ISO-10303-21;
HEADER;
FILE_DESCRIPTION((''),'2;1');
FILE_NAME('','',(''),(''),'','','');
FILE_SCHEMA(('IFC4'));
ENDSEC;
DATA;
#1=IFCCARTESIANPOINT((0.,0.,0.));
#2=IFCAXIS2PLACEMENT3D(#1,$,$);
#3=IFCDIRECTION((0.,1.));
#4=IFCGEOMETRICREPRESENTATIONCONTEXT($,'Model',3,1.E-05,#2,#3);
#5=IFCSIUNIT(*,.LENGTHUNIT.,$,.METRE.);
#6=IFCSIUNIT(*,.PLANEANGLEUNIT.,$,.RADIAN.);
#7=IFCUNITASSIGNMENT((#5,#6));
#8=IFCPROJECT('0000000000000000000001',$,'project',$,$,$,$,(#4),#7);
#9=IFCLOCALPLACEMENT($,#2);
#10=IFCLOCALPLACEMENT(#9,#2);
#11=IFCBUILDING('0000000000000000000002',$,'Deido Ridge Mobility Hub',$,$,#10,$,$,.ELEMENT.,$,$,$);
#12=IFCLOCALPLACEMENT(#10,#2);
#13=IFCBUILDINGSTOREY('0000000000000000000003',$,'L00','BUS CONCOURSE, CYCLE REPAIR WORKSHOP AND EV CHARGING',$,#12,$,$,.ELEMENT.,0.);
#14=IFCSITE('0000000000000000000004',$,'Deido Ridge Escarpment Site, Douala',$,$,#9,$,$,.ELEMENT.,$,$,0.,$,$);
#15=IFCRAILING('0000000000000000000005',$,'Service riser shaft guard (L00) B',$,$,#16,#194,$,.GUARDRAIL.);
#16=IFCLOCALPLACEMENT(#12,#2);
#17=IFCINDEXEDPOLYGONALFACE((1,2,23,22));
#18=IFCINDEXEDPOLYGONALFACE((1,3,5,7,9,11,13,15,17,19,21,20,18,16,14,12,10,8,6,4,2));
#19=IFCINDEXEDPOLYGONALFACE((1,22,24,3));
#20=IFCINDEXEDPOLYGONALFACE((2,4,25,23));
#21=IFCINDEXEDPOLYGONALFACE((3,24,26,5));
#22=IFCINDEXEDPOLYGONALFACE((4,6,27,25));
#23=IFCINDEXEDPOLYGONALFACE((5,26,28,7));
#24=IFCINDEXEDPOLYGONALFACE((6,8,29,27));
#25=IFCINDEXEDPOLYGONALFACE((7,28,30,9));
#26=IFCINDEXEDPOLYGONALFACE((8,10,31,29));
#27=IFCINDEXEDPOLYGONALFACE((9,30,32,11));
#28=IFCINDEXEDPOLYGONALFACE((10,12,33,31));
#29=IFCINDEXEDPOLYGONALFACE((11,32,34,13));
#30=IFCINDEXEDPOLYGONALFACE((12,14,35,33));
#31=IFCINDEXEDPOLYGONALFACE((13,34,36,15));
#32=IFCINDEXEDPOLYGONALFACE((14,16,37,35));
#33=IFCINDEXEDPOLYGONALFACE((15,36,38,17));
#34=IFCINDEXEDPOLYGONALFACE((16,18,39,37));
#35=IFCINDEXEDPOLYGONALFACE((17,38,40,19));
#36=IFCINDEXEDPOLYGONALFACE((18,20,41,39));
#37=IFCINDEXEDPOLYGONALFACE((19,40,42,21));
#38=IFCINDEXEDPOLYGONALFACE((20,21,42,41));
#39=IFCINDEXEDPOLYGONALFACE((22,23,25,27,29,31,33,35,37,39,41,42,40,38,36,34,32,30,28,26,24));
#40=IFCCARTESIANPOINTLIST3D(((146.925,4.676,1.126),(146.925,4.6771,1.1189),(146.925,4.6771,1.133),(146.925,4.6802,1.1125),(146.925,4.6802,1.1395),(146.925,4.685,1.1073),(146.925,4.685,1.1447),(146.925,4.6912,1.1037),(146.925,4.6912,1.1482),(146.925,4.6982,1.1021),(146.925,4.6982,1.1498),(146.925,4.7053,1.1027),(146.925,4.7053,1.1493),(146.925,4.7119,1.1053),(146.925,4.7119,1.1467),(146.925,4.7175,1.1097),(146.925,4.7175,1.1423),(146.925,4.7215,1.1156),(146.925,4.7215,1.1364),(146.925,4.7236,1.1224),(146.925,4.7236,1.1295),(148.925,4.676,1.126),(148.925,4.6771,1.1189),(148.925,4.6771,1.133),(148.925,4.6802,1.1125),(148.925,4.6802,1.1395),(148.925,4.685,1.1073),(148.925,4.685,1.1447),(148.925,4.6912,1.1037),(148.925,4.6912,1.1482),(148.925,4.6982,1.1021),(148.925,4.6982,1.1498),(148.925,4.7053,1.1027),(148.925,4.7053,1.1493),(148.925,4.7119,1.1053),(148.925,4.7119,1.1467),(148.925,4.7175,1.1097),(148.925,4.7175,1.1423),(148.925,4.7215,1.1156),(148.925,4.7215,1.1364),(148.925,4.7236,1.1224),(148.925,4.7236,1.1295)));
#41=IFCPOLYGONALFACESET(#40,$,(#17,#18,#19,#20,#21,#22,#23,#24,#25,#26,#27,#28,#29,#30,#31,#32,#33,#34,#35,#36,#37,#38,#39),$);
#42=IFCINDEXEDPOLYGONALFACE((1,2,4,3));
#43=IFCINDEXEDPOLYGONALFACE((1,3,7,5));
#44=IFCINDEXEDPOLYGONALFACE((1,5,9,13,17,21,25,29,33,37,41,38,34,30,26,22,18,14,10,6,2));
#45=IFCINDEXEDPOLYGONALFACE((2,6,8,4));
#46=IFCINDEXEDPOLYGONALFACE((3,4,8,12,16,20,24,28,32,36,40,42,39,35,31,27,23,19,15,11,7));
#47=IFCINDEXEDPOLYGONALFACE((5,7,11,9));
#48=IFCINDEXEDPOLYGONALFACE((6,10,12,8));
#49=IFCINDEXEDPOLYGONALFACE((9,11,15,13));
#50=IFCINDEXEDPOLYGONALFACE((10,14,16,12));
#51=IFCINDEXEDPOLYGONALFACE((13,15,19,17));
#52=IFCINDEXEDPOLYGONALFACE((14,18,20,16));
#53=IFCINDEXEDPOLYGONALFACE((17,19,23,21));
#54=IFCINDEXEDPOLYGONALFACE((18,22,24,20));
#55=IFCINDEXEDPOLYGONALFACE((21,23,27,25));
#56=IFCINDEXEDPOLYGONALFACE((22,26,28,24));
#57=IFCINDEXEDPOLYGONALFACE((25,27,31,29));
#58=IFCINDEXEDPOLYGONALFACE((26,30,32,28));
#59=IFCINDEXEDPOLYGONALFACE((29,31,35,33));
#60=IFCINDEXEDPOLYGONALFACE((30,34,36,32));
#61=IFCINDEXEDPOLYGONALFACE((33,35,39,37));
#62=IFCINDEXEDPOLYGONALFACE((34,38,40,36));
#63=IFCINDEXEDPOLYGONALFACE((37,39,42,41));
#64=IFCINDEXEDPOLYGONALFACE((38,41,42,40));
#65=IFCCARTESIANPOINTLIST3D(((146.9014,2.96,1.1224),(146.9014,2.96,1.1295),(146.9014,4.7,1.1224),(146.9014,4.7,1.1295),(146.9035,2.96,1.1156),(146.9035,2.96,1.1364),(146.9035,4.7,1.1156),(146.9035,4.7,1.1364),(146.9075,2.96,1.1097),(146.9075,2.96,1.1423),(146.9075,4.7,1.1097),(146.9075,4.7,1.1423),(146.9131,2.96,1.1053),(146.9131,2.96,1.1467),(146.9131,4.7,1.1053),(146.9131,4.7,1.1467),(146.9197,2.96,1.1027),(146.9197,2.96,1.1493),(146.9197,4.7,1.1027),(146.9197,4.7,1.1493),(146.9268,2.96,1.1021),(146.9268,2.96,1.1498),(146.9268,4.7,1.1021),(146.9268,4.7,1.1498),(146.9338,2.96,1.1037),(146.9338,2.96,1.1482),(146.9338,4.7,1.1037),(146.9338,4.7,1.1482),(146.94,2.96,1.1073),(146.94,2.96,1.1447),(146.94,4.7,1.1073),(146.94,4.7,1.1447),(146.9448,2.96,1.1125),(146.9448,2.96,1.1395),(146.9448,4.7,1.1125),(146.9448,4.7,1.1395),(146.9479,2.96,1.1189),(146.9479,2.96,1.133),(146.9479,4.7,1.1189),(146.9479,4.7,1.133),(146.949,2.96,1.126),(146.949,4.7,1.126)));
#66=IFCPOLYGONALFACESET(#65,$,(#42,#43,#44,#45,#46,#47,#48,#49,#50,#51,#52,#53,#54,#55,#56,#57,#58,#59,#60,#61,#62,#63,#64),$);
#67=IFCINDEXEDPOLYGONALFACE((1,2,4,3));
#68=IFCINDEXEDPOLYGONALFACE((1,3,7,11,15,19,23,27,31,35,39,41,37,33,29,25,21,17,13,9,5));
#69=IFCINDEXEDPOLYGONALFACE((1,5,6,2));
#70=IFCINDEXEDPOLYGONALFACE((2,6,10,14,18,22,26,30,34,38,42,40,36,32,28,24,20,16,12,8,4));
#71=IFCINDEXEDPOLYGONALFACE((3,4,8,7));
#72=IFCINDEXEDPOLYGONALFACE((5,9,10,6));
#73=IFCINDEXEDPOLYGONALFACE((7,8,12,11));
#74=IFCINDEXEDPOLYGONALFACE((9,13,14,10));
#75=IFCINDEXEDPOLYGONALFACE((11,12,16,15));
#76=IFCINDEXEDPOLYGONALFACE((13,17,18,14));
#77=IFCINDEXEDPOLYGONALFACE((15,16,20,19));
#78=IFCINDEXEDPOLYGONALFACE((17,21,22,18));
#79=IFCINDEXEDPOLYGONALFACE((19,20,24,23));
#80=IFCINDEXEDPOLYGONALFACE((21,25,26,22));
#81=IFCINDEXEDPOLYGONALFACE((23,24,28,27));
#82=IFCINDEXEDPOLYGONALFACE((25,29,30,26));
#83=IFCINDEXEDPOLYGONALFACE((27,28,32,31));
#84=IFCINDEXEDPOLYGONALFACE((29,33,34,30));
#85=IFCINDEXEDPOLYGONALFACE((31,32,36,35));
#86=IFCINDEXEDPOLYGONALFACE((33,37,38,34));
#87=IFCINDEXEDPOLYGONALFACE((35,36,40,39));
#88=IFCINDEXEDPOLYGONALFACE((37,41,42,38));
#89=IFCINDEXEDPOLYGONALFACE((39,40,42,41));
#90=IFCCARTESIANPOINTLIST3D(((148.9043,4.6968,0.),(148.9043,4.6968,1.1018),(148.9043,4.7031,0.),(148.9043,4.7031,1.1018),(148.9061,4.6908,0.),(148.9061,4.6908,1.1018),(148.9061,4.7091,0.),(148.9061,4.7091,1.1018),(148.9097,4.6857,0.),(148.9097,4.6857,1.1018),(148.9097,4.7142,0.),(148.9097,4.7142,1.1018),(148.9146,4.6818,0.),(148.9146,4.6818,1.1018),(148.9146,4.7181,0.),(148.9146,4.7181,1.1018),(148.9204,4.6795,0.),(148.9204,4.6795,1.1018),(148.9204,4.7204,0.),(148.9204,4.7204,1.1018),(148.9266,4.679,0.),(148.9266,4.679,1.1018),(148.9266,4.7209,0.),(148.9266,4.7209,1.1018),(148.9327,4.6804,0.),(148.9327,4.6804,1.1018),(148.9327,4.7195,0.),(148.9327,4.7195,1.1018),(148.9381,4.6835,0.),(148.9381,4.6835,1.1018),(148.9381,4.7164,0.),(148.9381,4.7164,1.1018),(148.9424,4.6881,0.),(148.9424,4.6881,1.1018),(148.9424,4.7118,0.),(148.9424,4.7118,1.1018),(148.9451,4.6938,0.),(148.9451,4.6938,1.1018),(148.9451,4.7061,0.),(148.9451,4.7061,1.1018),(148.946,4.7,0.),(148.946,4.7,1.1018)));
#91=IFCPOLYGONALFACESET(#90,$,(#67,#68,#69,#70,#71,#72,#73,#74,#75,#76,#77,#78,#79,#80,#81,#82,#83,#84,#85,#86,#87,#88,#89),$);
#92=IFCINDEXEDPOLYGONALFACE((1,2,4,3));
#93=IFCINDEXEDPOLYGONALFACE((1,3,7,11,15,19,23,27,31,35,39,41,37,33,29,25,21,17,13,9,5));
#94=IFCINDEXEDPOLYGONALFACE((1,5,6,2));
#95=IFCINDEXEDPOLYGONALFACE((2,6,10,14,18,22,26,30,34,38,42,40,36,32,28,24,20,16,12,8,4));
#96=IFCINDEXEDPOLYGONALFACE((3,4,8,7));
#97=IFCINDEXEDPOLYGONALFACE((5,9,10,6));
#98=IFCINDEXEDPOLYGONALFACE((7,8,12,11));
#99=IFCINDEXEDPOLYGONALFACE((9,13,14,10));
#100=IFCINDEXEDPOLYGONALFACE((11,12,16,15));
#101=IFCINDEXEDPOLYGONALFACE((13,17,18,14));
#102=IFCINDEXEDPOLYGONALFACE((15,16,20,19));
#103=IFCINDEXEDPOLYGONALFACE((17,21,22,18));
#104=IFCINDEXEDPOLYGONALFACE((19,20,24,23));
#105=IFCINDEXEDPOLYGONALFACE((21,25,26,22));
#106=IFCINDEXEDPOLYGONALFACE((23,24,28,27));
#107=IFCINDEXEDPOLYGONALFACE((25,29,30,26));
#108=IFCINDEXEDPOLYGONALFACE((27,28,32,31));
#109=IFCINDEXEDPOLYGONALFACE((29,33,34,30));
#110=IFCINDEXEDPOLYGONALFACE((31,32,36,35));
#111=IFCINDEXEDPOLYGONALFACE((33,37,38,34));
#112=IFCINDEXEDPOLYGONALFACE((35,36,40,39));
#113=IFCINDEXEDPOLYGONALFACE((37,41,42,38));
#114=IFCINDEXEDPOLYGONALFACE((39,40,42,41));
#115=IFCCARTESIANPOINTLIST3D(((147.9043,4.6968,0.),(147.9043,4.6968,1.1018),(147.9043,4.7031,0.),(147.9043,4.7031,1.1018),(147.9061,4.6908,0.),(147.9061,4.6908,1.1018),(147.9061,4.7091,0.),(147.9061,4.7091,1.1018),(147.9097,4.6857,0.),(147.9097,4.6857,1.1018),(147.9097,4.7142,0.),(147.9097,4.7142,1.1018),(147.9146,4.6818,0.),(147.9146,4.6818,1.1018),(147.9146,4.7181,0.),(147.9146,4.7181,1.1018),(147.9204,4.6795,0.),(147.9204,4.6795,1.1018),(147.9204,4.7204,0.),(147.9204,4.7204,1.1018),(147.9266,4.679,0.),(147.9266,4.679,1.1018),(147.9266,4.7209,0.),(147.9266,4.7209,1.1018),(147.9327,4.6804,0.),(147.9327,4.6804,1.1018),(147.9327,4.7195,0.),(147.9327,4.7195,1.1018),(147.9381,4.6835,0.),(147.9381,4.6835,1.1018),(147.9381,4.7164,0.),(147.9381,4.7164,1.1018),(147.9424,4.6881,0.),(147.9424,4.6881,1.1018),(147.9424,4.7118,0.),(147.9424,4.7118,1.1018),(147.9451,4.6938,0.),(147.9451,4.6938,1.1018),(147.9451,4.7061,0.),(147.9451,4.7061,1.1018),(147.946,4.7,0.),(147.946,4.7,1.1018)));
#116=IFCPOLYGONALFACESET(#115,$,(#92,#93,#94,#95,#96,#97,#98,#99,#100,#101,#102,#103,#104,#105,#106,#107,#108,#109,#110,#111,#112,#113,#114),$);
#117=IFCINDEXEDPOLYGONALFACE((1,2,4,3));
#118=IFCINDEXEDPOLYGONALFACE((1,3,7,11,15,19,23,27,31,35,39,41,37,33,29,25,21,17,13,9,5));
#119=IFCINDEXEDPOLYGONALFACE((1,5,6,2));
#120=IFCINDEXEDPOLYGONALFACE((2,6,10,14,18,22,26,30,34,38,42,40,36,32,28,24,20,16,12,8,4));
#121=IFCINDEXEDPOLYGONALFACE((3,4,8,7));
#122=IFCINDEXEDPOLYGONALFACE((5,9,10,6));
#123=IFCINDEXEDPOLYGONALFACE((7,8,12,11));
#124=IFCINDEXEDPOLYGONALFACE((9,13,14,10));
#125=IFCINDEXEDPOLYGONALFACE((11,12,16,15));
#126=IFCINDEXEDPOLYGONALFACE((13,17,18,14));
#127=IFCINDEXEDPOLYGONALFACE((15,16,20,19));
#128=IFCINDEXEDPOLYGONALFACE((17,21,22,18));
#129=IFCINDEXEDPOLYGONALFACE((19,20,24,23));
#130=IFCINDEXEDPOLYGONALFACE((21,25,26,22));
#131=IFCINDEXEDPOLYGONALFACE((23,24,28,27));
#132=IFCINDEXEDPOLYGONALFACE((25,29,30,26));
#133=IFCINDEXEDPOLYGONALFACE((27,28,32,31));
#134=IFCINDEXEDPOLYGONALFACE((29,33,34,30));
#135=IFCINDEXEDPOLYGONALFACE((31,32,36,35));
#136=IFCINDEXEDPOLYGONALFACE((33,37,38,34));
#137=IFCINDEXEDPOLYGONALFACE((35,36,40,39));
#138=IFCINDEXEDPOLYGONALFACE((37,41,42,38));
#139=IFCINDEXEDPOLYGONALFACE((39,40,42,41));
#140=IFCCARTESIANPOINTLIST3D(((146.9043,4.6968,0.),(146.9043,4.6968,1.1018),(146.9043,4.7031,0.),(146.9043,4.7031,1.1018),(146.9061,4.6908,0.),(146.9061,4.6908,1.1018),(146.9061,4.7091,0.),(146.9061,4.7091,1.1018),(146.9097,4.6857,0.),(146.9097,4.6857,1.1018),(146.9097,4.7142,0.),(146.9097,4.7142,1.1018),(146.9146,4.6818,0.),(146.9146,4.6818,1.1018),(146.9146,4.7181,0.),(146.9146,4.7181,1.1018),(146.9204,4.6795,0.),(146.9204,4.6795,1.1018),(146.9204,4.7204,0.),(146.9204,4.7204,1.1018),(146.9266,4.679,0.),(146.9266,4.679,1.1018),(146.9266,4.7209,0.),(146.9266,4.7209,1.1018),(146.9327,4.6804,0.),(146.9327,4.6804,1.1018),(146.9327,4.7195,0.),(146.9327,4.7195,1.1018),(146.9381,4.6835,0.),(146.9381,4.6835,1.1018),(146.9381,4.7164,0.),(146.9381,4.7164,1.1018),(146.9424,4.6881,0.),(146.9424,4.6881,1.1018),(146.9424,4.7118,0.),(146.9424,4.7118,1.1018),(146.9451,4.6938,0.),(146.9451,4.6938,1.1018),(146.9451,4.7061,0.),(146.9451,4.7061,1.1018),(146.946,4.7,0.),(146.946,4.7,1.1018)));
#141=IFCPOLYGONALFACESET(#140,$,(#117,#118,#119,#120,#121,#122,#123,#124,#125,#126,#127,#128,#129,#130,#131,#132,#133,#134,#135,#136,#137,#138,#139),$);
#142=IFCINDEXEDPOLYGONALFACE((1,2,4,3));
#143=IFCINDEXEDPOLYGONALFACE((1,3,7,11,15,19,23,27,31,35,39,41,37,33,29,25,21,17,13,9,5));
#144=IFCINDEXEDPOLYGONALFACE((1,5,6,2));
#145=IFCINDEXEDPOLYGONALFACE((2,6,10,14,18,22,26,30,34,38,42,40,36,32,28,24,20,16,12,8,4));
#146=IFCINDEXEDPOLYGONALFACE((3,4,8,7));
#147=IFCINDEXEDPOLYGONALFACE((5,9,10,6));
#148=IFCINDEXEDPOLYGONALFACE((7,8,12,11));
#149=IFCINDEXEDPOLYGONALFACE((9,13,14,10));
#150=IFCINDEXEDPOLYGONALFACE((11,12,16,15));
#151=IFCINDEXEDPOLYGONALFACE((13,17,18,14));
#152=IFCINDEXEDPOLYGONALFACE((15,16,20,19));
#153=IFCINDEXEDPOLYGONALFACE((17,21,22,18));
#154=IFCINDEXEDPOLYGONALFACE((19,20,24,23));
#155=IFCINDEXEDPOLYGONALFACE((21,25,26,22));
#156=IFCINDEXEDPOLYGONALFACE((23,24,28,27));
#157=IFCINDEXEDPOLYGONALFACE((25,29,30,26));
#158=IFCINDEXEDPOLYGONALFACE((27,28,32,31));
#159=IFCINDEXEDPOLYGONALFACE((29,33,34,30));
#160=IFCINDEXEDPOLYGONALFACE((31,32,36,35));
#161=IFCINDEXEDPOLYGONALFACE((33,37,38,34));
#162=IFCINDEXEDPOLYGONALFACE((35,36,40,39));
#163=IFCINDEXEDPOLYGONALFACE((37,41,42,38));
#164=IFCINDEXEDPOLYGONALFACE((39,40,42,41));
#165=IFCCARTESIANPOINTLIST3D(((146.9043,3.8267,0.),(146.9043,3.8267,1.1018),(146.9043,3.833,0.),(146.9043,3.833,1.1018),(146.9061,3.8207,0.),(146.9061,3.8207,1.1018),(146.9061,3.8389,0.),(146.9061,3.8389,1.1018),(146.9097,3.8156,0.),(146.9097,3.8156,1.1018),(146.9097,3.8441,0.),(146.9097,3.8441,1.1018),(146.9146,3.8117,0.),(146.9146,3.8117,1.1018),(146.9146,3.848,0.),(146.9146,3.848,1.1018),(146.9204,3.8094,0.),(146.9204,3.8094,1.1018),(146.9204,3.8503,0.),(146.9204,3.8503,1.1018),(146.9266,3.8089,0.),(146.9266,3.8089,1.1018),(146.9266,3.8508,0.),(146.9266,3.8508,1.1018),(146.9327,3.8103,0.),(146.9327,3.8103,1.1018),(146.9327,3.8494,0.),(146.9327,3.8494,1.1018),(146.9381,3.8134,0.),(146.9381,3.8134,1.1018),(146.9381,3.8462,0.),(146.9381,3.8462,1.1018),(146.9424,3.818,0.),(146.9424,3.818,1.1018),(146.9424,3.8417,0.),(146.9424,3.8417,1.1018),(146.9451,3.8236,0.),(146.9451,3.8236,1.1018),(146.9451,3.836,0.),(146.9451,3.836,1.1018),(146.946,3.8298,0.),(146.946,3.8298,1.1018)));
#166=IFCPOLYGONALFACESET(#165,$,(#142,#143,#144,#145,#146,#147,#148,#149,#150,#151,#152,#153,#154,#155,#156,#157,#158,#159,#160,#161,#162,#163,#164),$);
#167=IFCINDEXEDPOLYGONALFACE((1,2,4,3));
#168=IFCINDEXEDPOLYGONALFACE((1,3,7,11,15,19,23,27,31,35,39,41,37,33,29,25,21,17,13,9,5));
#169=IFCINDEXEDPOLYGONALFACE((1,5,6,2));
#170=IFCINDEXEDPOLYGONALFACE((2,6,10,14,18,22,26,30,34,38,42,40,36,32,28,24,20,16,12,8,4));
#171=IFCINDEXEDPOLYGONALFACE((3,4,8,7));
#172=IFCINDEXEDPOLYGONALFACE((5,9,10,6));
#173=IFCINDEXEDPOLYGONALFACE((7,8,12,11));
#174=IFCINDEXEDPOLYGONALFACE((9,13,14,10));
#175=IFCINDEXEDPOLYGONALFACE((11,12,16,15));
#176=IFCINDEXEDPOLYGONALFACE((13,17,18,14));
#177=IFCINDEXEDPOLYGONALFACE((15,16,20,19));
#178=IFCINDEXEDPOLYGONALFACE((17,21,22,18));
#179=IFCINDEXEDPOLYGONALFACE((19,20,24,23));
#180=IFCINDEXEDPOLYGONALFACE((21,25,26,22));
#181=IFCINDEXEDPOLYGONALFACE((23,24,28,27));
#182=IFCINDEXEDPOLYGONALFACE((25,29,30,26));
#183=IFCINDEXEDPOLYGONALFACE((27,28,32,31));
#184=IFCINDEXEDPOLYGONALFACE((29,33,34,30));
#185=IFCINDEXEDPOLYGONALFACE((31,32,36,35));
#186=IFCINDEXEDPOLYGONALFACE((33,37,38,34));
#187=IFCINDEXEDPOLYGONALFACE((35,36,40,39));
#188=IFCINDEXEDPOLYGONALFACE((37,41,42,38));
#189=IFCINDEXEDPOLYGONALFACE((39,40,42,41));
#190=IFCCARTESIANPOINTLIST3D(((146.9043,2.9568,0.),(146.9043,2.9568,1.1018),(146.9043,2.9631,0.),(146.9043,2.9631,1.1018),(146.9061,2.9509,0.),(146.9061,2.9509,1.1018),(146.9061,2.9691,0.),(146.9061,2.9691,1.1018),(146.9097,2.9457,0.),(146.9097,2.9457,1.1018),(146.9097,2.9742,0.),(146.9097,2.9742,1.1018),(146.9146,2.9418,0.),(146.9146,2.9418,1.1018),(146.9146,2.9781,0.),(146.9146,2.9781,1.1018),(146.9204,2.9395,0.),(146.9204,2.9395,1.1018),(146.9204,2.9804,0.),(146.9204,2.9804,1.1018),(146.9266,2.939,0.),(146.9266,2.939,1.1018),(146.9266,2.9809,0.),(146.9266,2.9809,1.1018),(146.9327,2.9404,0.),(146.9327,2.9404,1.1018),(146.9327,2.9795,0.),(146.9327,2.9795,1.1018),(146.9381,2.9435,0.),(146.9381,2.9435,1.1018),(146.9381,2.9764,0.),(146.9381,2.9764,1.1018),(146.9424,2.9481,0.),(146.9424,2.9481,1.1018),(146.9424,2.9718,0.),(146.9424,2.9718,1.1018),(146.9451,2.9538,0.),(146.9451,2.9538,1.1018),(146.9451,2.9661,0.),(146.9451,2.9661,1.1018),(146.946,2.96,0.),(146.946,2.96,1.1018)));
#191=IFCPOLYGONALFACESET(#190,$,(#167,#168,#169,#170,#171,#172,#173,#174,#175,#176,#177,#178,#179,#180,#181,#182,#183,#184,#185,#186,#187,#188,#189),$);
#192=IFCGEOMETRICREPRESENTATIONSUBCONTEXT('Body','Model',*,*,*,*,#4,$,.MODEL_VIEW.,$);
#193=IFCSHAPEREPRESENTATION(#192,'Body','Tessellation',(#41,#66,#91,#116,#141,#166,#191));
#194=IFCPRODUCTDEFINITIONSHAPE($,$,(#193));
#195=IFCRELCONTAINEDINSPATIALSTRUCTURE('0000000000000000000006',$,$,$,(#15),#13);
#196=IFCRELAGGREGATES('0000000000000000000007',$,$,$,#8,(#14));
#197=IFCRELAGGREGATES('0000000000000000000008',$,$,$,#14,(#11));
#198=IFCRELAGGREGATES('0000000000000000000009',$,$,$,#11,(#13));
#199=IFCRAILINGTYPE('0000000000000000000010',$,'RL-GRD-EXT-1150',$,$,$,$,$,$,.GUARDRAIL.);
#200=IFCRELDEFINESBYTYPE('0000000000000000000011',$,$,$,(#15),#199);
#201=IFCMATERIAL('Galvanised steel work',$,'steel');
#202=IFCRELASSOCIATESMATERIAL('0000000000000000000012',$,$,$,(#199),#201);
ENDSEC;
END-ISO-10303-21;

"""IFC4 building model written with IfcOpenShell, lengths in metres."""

from ifc_helpers import new_model, si_unit, direction, frame, origin, origin_2d, place, context, subcontext, project, spatial, circle, extrude, material, type_object, element, save


model = new_model("IFC4")

# Units and contexts
model_context = context("Model", 3, precision=1e-05, world=origin(), true_north=direction((0.0, 1.0)))
body_context = subcontext(model_context, "Body", "Model", "MODEL_VIEW")
ifc_project = project(units=[si_unit("LENGTHUNIT", "METRE"), si_unit("PLANEANGLEUNIT", "RADIAN")], contexts=[model_context])

# Site, building, storey
site_placement = place(None, origin())
site = spatial("IfcSite", under=ifc_project, at=site_placement, Name="Deido Ridge Escarpment Site, Douala", CompositionType="ELEMENT", RefElevation=0.0)
building_placement = place(site_placement, origin())
building = spatial("IfcBuilding", under=site, at=building_placement, Name="Deido Ridge Mobility Hub", CompositionType="ELEMENT")
storey_placement = place(building_placement, origin())
storey = spatial("IfcBuildingStorey", under=building, at=storey_placement, Name="L00", Description="BUS CONCOURSE, CYCLE REPAIR WORKSHOP AND EV CHARGING", CompositionType="ELEMENT", Elevation=0.0)

# Railing
ifc_material_1 = material(Name="Galvanised steel work", Category="steel")
railing_type = type_object("IfcRailingType", Name="RL-GRD-EXT-1150", PredefinedType="GUARDRAIL", material=ifc_material_1)
railing_1_placement = place(storey_placement, frame((148.925, 4.7, 0.0)))
element("IfcRailing", 1, at=railing_1_placement, inside=storey, type_object=railing_type, Name="Service riser shaft guard (L00) B", PredefinedType="GUARDRAIL", context=body_context, shape_type="SweptSolid", body=[
    extrude(circle(Radius=0.0239, at=origin_2d()), frame((0.0, 0.0, 1.126), z_axis=(-1.0, 0.0, 0.0), x_axis=(0.0, -1.0, 0.0)), (0.0, 0.0, 1.0), 2.0),
    extrude(circle(Radius=0.0239, at=origin_2d()), frame((-2.0, 0.0, 1.126), z_axis=(0.0, -1.0, 0.0), x_axis=(1.0, 0.0, 0.0)), (0.0, 0.0, 1.0), 1.74),
    extrude(circle(Radius=0.021, at=origin_2d()), origin(), (0.0, 0.0, 1.0), 1.1018),
    extrude(circle(Radius=0.021, at=origin_2d()), frame((-1.0, 0.0, 0.0)), (0.0, 0.0, 1.0), 1.1018),
    extrude(circle(Radius=0.021, at=origin_2d()), frame((-2.0, 0.0, 0.0)), (0.0, 0.0, 1.0), 1.1018),
    extrude(circle(Radius=0.021, at=origin_2d()), frame((-2.0, -0.8701, 0.0)), (0.0, 0.0, 1.0), 1.1018),
    extrude(circle(Radius=0.021, at=origin_2d()), frame((-2.0, -1.74, 0.0)), (0.0, 0.0, 1.0), 1.1018),
])

save(model, "model.ifc")
